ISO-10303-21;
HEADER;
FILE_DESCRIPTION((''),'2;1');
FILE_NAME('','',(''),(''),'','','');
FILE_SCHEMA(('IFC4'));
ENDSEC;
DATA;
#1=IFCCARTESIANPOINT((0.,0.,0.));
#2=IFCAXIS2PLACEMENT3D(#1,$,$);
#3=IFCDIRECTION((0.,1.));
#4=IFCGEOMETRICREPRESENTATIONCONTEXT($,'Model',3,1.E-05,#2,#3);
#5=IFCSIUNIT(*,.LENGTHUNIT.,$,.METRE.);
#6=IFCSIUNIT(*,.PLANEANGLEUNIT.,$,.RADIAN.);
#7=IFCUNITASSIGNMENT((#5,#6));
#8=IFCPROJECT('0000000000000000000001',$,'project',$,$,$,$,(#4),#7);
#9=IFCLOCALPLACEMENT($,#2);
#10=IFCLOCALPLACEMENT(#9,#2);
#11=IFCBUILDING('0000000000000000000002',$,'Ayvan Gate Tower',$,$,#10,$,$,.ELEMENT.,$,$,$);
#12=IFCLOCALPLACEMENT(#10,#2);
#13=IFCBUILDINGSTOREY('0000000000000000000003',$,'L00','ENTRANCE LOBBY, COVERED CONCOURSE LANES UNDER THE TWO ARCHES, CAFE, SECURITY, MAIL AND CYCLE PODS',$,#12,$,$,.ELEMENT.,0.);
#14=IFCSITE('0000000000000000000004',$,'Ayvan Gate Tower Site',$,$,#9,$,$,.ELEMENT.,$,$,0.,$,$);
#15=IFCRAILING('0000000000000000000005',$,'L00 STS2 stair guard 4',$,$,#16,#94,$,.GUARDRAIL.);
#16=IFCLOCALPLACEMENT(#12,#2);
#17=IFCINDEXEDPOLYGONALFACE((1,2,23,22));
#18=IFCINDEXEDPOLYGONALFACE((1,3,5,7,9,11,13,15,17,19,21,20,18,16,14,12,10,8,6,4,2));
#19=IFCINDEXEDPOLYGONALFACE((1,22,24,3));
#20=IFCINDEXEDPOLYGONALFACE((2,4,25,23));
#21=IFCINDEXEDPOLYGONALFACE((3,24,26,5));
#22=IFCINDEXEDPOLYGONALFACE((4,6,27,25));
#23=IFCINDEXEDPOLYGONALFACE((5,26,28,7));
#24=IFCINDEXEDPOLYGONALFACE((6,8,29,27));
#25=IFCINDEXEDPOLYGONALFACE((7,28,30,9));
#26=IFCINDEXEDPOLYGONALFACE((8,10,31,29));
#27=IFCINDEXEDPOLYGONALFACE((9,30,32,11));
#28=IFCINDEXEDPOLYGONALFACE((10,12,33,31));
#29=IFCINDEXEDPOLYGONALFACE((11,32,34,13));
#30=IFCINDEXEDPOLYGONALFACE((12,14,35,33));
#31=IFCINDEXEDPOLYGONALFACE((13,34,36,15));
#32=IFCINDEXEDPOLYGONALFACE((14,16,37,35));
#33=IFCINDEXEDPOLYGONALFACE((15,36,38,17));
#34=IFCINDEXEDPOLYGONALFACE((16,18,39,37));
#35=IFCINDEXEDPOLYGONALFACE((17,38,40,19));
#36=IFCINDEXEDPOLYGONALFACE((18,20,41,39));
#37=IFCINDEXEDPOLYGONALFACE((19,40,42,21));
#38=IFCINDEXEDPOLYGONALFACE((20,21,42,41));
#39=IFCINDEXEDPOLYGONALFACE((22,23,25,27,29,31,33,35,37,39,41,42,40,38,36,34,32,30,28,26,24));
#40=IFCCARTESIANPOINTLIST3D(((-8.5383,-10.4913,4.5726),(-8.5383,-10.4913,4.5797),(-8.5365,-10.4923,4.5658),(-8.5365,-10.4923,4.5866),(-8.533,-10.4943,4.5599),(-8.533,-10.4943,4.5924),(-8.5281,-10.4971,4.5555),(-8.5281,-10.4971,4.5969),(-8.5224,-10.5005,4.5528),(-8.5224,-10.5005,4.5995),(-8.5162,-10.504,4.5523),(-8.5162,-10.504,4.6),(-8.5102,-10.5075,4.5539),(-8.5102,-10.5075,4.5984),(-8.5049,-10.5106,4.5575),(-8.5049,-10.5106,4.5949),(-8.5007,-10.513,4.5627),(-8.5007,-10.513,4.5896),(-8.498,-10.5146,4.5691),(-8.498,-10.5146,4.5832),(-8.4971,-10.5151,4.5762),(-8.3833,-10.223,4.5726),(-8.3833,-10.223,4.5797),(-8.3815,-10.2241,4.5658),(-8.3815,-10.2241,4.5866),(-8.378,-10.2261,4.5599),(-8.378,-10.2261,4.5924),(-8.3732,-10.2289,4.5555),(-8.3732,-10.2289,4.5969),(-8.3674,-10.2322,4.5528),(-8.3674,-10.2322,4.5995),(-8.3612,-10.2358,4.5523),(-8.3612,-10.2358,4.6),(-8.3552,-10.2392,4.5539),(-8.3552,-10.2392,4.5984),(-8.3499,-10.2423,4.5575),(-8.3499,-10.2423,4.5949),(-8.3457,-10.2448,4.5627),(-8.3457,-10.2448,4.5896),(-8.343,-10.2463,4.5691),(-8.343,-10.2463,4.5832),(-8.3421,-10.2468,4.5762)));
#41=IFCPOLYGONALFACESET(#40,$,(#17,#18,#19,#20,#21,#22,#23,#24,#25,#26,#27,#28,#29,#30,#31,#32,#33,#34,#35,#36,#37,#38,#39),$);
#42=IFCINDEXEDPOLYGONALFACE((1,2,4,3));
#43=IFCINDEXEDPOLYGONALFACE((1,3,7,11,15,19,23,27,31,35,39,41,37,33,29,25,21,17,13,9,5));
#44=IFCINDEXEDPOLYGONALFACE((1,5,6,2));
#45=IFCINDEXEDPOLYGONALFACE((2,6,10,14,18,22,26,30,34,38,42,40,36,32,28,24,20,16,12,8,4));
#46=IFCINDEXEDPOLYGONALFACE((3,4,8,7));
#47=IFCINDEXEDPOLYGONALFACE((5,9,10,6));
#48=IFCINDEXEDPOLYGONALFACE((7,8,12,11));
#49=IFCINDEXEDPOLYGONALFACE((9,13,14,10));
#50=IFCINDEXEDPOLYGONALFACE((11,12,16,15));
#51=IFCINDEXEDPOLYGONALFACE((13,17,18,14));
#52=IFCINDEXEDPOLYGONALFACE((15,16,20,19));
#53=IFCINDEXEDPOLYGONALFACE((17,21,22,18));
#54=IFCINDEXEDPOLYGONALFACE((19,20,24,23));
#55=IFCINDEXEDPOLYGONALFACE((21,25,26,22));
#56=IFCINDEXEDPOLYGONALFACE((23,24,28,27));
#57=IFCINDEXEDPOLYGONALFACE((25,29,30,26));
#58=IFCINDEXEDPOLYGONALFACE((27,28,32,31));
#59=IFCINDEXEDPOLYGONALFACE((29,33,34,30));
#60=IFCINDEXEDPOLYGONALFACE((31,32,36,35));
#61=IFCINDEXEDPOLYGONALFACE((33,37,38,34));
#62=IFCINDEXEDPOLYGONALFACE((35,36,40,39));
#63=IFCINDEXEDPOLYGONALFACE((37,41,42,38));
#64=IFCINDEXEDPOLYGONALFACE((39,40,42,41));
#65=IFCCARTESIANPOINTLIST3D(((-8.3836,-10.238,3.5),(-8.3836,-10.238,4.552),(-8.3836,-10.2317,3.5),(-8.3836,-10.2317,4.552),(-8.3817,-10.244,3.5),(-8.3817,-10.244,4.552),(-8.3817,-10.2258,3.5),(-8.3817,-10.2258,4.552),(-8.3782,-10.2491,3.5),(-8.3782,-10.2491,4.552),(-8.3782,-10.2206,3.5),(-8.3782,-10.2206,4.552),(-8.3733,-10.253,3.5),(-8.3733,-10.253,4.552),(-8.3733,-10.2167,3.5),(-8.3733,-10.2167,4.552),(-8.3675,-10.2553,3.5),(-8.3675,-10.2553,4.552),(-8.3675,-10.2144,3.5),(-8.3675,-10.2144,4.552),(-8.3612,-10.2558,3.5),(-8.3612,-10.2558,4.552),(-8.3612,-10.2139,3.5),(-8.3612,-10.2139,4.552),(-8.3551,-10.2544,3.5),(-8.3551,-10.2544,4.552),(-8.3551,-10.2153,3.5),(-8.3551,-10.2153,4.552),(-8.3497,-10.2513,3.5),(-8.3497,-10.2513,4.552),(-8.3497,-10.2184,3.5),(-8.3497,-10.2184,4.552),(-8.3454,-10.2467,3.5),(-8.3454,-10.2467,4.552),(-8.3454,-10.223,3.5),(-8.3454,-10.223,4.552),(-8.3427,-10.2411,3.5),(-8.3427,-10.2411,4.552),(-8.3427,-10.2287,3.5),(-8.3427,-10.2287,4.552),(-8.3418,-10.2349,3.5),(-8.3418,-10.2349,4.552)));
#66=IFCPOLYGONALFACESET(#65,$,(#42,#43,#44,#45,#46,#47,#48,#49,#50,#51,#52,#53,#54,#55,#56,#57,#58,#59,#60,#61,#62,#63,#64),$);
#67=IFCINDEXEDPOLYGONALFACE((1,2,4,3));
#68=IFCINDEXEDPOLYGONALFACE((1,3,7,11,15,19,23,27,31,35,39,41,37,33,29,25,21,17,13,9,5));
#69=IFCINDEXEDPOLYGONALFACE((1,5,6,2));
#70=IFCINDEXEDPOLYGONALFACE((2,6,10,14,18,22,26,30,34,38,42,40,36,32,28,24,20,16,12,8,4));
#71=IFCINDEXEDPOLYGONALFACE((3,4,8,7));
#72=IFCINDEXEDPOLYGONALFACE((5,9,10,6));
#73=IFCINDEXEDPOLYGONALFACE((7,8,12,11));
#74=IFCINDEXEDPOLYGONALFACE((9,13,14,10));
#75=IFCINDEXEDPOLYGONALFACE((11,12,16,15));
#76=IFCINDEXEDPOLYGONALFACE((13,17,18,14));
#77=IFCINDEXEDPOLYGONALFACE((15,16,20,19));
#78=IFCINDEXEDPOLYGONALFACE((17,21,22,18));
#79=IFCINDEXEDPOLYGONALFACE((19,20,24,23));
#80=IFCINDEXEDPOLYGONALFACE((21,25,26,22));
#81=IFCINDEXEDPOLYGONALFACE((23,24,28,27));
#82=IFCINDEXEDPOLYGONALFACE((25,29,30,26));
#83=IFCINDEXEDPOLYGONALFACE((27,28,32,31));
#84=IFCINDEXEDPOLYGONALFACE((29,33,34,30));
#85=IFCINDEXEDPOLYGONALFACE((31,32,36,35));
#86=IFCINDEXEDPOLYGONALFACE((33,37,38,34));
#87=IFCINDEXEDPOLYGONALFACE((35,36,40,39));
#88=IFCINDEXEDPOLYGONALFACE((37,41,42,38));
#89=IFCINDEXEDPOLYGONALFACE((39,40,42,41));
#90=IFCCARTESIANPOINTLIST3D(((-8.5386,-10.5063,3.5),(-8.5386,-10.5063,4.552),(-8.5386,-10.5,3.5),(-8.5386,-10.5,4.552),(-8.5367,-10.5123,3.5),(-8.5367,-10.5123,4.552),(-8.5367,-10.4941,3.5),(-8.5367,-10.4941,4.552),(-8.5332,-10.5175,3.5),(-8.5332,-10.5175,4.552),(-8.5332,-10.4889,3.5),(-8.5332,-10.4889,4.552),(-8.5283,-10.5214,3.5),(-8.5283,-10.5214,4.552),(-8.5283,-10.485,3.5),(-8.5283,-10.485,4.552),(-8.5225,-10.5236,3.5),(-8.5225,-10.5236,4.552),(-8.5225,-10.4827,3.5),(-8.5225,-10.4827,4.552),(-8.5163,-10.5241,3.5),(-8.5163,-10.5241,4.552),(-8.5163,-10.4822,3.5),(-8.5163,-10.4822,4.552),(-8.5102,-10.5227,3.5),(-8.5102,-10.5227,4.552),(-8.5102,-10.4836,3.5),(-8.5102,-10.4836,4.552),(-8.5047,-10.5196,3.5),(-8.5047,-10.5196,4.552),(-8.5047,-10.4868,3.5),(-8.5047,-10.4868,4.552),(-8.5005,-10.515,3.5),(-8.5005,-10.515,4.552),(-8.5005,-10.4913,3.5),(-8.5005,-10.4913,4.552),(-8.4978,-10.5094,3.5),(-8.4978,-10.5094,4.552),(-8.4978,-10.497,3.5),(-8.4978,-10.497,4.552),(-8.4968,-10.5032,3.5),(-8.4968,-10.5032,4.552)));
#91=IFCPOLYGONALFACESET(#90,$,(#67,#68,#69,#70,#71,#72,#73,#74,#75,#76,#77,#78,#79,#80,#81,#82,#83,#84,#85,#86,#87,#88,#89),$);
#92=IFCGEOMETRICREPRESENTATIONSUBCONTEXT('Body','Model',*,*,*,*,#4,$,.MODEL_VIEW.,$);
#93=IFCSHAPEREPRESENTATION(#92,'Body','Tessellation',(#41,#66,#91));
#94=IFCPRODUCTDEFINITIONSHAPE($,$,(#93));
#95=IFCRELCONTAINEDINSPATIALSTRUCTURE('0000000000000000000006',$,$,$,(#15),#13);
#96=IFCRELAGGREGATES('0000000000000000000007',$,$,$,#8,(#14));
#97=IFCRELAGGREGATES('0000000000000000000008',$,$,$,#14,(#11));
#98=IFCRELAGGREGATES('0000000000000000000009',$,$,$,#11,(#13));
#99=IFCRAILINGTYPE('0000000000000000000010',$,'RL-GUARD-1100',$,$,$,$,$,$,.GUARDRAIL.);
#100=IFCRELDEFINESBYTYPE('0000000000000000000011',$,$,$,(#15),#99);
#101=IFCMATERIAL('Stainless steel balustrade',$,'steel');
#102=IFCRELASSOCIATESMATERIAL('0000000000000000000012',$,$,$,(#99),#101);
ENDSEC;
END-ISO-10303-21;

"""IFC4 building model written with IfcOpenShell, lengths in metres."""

from ifc_helpers import new_model, si_unit, direction, frame, origin, origin_2d, place, context, subcontext, project, spatial, circle, extrude, material, type_object, element, save


model = new_model("IFC4")

# Units and contexts
model_context = context("Model", 3, precision=1e-05, world=origin(), true_north=direction((0.0, 1.0)))
body_context = subcontext(model_context, "Body", "Model", "MODEL_VIEW")
ifc_project = project(units=[si_unit("LENGTHUNIT", "METRE"), si_unit("PLANEANGLEUNIT", "RADIAN")], contexts=[model_context])

# Site, building, storey
site_placement = place(None, origin())
site = spatial("IfcSite", under=ifc_project, at=site_placement, Name="Ayvan Gate Tower Site", CompositionType="ELEMENT", RefElevation=0.0)
building_placement = place(site_placement, origin())
building = spatial("IfcBuilding", under=site, at=building_placement, Name="Ayvan Gate Tower", CompositionType="ELEMENT")
storey_placement = place(building_placement, origin())
storey = spatial("IfcBuildingStorey", under=building, at=storey_placement, Name="L00", Description="ENTRANCE LOBBY, COVERED CONCOURSE LANES UNDER THE TWO ARCHES, CAFE, SECURITY, MAIL AND CYCLE PODS", CompositionType="ELEMENT", Elevation=0.0)

# Railing
ifc_material_1 = material(Name="Stainless steel balustrade", Category="steel")
railing_type_1 = type_object("IfcRailingType", Name="RL-GUARD-1100", PredefinedType="GUARDRAIL", material=ifc_material_1)
railing_1_placement = place(storey_placement, frame((-8.3628, -10.2349, 3.5)))
element("IfcRailing", 1, at=railing_1_placement, inside=storey, type_object=railing_type_1, Name="L00 STS2 stair guard 4", PredefinedType="GUARDRAIL", context=body_context, shape_type="SweptSolid", body=[
    extrude(circle(Radius=0.0239, at=origin_2d()), frame((0.0, 0.0, 1.0762), z_axis=(-0.500291, -0.865857, 0.0), x_axis=(0.865857, -0.500291, 0.0)), (0.0, 0.0, 1.0), 0.3098),
    extrude(circle(Radius=0.021, at=origin_2d()), origin(), (0.0, 0.0, 1.0), 1.052),
    extrude(circle(Radius=0.021, at=origin_2d()), frame((-0.155, -0.2683, 0.0)), (0.0, 0.0, 1.0), 1.052),
])

save(model, "model.ifc")
